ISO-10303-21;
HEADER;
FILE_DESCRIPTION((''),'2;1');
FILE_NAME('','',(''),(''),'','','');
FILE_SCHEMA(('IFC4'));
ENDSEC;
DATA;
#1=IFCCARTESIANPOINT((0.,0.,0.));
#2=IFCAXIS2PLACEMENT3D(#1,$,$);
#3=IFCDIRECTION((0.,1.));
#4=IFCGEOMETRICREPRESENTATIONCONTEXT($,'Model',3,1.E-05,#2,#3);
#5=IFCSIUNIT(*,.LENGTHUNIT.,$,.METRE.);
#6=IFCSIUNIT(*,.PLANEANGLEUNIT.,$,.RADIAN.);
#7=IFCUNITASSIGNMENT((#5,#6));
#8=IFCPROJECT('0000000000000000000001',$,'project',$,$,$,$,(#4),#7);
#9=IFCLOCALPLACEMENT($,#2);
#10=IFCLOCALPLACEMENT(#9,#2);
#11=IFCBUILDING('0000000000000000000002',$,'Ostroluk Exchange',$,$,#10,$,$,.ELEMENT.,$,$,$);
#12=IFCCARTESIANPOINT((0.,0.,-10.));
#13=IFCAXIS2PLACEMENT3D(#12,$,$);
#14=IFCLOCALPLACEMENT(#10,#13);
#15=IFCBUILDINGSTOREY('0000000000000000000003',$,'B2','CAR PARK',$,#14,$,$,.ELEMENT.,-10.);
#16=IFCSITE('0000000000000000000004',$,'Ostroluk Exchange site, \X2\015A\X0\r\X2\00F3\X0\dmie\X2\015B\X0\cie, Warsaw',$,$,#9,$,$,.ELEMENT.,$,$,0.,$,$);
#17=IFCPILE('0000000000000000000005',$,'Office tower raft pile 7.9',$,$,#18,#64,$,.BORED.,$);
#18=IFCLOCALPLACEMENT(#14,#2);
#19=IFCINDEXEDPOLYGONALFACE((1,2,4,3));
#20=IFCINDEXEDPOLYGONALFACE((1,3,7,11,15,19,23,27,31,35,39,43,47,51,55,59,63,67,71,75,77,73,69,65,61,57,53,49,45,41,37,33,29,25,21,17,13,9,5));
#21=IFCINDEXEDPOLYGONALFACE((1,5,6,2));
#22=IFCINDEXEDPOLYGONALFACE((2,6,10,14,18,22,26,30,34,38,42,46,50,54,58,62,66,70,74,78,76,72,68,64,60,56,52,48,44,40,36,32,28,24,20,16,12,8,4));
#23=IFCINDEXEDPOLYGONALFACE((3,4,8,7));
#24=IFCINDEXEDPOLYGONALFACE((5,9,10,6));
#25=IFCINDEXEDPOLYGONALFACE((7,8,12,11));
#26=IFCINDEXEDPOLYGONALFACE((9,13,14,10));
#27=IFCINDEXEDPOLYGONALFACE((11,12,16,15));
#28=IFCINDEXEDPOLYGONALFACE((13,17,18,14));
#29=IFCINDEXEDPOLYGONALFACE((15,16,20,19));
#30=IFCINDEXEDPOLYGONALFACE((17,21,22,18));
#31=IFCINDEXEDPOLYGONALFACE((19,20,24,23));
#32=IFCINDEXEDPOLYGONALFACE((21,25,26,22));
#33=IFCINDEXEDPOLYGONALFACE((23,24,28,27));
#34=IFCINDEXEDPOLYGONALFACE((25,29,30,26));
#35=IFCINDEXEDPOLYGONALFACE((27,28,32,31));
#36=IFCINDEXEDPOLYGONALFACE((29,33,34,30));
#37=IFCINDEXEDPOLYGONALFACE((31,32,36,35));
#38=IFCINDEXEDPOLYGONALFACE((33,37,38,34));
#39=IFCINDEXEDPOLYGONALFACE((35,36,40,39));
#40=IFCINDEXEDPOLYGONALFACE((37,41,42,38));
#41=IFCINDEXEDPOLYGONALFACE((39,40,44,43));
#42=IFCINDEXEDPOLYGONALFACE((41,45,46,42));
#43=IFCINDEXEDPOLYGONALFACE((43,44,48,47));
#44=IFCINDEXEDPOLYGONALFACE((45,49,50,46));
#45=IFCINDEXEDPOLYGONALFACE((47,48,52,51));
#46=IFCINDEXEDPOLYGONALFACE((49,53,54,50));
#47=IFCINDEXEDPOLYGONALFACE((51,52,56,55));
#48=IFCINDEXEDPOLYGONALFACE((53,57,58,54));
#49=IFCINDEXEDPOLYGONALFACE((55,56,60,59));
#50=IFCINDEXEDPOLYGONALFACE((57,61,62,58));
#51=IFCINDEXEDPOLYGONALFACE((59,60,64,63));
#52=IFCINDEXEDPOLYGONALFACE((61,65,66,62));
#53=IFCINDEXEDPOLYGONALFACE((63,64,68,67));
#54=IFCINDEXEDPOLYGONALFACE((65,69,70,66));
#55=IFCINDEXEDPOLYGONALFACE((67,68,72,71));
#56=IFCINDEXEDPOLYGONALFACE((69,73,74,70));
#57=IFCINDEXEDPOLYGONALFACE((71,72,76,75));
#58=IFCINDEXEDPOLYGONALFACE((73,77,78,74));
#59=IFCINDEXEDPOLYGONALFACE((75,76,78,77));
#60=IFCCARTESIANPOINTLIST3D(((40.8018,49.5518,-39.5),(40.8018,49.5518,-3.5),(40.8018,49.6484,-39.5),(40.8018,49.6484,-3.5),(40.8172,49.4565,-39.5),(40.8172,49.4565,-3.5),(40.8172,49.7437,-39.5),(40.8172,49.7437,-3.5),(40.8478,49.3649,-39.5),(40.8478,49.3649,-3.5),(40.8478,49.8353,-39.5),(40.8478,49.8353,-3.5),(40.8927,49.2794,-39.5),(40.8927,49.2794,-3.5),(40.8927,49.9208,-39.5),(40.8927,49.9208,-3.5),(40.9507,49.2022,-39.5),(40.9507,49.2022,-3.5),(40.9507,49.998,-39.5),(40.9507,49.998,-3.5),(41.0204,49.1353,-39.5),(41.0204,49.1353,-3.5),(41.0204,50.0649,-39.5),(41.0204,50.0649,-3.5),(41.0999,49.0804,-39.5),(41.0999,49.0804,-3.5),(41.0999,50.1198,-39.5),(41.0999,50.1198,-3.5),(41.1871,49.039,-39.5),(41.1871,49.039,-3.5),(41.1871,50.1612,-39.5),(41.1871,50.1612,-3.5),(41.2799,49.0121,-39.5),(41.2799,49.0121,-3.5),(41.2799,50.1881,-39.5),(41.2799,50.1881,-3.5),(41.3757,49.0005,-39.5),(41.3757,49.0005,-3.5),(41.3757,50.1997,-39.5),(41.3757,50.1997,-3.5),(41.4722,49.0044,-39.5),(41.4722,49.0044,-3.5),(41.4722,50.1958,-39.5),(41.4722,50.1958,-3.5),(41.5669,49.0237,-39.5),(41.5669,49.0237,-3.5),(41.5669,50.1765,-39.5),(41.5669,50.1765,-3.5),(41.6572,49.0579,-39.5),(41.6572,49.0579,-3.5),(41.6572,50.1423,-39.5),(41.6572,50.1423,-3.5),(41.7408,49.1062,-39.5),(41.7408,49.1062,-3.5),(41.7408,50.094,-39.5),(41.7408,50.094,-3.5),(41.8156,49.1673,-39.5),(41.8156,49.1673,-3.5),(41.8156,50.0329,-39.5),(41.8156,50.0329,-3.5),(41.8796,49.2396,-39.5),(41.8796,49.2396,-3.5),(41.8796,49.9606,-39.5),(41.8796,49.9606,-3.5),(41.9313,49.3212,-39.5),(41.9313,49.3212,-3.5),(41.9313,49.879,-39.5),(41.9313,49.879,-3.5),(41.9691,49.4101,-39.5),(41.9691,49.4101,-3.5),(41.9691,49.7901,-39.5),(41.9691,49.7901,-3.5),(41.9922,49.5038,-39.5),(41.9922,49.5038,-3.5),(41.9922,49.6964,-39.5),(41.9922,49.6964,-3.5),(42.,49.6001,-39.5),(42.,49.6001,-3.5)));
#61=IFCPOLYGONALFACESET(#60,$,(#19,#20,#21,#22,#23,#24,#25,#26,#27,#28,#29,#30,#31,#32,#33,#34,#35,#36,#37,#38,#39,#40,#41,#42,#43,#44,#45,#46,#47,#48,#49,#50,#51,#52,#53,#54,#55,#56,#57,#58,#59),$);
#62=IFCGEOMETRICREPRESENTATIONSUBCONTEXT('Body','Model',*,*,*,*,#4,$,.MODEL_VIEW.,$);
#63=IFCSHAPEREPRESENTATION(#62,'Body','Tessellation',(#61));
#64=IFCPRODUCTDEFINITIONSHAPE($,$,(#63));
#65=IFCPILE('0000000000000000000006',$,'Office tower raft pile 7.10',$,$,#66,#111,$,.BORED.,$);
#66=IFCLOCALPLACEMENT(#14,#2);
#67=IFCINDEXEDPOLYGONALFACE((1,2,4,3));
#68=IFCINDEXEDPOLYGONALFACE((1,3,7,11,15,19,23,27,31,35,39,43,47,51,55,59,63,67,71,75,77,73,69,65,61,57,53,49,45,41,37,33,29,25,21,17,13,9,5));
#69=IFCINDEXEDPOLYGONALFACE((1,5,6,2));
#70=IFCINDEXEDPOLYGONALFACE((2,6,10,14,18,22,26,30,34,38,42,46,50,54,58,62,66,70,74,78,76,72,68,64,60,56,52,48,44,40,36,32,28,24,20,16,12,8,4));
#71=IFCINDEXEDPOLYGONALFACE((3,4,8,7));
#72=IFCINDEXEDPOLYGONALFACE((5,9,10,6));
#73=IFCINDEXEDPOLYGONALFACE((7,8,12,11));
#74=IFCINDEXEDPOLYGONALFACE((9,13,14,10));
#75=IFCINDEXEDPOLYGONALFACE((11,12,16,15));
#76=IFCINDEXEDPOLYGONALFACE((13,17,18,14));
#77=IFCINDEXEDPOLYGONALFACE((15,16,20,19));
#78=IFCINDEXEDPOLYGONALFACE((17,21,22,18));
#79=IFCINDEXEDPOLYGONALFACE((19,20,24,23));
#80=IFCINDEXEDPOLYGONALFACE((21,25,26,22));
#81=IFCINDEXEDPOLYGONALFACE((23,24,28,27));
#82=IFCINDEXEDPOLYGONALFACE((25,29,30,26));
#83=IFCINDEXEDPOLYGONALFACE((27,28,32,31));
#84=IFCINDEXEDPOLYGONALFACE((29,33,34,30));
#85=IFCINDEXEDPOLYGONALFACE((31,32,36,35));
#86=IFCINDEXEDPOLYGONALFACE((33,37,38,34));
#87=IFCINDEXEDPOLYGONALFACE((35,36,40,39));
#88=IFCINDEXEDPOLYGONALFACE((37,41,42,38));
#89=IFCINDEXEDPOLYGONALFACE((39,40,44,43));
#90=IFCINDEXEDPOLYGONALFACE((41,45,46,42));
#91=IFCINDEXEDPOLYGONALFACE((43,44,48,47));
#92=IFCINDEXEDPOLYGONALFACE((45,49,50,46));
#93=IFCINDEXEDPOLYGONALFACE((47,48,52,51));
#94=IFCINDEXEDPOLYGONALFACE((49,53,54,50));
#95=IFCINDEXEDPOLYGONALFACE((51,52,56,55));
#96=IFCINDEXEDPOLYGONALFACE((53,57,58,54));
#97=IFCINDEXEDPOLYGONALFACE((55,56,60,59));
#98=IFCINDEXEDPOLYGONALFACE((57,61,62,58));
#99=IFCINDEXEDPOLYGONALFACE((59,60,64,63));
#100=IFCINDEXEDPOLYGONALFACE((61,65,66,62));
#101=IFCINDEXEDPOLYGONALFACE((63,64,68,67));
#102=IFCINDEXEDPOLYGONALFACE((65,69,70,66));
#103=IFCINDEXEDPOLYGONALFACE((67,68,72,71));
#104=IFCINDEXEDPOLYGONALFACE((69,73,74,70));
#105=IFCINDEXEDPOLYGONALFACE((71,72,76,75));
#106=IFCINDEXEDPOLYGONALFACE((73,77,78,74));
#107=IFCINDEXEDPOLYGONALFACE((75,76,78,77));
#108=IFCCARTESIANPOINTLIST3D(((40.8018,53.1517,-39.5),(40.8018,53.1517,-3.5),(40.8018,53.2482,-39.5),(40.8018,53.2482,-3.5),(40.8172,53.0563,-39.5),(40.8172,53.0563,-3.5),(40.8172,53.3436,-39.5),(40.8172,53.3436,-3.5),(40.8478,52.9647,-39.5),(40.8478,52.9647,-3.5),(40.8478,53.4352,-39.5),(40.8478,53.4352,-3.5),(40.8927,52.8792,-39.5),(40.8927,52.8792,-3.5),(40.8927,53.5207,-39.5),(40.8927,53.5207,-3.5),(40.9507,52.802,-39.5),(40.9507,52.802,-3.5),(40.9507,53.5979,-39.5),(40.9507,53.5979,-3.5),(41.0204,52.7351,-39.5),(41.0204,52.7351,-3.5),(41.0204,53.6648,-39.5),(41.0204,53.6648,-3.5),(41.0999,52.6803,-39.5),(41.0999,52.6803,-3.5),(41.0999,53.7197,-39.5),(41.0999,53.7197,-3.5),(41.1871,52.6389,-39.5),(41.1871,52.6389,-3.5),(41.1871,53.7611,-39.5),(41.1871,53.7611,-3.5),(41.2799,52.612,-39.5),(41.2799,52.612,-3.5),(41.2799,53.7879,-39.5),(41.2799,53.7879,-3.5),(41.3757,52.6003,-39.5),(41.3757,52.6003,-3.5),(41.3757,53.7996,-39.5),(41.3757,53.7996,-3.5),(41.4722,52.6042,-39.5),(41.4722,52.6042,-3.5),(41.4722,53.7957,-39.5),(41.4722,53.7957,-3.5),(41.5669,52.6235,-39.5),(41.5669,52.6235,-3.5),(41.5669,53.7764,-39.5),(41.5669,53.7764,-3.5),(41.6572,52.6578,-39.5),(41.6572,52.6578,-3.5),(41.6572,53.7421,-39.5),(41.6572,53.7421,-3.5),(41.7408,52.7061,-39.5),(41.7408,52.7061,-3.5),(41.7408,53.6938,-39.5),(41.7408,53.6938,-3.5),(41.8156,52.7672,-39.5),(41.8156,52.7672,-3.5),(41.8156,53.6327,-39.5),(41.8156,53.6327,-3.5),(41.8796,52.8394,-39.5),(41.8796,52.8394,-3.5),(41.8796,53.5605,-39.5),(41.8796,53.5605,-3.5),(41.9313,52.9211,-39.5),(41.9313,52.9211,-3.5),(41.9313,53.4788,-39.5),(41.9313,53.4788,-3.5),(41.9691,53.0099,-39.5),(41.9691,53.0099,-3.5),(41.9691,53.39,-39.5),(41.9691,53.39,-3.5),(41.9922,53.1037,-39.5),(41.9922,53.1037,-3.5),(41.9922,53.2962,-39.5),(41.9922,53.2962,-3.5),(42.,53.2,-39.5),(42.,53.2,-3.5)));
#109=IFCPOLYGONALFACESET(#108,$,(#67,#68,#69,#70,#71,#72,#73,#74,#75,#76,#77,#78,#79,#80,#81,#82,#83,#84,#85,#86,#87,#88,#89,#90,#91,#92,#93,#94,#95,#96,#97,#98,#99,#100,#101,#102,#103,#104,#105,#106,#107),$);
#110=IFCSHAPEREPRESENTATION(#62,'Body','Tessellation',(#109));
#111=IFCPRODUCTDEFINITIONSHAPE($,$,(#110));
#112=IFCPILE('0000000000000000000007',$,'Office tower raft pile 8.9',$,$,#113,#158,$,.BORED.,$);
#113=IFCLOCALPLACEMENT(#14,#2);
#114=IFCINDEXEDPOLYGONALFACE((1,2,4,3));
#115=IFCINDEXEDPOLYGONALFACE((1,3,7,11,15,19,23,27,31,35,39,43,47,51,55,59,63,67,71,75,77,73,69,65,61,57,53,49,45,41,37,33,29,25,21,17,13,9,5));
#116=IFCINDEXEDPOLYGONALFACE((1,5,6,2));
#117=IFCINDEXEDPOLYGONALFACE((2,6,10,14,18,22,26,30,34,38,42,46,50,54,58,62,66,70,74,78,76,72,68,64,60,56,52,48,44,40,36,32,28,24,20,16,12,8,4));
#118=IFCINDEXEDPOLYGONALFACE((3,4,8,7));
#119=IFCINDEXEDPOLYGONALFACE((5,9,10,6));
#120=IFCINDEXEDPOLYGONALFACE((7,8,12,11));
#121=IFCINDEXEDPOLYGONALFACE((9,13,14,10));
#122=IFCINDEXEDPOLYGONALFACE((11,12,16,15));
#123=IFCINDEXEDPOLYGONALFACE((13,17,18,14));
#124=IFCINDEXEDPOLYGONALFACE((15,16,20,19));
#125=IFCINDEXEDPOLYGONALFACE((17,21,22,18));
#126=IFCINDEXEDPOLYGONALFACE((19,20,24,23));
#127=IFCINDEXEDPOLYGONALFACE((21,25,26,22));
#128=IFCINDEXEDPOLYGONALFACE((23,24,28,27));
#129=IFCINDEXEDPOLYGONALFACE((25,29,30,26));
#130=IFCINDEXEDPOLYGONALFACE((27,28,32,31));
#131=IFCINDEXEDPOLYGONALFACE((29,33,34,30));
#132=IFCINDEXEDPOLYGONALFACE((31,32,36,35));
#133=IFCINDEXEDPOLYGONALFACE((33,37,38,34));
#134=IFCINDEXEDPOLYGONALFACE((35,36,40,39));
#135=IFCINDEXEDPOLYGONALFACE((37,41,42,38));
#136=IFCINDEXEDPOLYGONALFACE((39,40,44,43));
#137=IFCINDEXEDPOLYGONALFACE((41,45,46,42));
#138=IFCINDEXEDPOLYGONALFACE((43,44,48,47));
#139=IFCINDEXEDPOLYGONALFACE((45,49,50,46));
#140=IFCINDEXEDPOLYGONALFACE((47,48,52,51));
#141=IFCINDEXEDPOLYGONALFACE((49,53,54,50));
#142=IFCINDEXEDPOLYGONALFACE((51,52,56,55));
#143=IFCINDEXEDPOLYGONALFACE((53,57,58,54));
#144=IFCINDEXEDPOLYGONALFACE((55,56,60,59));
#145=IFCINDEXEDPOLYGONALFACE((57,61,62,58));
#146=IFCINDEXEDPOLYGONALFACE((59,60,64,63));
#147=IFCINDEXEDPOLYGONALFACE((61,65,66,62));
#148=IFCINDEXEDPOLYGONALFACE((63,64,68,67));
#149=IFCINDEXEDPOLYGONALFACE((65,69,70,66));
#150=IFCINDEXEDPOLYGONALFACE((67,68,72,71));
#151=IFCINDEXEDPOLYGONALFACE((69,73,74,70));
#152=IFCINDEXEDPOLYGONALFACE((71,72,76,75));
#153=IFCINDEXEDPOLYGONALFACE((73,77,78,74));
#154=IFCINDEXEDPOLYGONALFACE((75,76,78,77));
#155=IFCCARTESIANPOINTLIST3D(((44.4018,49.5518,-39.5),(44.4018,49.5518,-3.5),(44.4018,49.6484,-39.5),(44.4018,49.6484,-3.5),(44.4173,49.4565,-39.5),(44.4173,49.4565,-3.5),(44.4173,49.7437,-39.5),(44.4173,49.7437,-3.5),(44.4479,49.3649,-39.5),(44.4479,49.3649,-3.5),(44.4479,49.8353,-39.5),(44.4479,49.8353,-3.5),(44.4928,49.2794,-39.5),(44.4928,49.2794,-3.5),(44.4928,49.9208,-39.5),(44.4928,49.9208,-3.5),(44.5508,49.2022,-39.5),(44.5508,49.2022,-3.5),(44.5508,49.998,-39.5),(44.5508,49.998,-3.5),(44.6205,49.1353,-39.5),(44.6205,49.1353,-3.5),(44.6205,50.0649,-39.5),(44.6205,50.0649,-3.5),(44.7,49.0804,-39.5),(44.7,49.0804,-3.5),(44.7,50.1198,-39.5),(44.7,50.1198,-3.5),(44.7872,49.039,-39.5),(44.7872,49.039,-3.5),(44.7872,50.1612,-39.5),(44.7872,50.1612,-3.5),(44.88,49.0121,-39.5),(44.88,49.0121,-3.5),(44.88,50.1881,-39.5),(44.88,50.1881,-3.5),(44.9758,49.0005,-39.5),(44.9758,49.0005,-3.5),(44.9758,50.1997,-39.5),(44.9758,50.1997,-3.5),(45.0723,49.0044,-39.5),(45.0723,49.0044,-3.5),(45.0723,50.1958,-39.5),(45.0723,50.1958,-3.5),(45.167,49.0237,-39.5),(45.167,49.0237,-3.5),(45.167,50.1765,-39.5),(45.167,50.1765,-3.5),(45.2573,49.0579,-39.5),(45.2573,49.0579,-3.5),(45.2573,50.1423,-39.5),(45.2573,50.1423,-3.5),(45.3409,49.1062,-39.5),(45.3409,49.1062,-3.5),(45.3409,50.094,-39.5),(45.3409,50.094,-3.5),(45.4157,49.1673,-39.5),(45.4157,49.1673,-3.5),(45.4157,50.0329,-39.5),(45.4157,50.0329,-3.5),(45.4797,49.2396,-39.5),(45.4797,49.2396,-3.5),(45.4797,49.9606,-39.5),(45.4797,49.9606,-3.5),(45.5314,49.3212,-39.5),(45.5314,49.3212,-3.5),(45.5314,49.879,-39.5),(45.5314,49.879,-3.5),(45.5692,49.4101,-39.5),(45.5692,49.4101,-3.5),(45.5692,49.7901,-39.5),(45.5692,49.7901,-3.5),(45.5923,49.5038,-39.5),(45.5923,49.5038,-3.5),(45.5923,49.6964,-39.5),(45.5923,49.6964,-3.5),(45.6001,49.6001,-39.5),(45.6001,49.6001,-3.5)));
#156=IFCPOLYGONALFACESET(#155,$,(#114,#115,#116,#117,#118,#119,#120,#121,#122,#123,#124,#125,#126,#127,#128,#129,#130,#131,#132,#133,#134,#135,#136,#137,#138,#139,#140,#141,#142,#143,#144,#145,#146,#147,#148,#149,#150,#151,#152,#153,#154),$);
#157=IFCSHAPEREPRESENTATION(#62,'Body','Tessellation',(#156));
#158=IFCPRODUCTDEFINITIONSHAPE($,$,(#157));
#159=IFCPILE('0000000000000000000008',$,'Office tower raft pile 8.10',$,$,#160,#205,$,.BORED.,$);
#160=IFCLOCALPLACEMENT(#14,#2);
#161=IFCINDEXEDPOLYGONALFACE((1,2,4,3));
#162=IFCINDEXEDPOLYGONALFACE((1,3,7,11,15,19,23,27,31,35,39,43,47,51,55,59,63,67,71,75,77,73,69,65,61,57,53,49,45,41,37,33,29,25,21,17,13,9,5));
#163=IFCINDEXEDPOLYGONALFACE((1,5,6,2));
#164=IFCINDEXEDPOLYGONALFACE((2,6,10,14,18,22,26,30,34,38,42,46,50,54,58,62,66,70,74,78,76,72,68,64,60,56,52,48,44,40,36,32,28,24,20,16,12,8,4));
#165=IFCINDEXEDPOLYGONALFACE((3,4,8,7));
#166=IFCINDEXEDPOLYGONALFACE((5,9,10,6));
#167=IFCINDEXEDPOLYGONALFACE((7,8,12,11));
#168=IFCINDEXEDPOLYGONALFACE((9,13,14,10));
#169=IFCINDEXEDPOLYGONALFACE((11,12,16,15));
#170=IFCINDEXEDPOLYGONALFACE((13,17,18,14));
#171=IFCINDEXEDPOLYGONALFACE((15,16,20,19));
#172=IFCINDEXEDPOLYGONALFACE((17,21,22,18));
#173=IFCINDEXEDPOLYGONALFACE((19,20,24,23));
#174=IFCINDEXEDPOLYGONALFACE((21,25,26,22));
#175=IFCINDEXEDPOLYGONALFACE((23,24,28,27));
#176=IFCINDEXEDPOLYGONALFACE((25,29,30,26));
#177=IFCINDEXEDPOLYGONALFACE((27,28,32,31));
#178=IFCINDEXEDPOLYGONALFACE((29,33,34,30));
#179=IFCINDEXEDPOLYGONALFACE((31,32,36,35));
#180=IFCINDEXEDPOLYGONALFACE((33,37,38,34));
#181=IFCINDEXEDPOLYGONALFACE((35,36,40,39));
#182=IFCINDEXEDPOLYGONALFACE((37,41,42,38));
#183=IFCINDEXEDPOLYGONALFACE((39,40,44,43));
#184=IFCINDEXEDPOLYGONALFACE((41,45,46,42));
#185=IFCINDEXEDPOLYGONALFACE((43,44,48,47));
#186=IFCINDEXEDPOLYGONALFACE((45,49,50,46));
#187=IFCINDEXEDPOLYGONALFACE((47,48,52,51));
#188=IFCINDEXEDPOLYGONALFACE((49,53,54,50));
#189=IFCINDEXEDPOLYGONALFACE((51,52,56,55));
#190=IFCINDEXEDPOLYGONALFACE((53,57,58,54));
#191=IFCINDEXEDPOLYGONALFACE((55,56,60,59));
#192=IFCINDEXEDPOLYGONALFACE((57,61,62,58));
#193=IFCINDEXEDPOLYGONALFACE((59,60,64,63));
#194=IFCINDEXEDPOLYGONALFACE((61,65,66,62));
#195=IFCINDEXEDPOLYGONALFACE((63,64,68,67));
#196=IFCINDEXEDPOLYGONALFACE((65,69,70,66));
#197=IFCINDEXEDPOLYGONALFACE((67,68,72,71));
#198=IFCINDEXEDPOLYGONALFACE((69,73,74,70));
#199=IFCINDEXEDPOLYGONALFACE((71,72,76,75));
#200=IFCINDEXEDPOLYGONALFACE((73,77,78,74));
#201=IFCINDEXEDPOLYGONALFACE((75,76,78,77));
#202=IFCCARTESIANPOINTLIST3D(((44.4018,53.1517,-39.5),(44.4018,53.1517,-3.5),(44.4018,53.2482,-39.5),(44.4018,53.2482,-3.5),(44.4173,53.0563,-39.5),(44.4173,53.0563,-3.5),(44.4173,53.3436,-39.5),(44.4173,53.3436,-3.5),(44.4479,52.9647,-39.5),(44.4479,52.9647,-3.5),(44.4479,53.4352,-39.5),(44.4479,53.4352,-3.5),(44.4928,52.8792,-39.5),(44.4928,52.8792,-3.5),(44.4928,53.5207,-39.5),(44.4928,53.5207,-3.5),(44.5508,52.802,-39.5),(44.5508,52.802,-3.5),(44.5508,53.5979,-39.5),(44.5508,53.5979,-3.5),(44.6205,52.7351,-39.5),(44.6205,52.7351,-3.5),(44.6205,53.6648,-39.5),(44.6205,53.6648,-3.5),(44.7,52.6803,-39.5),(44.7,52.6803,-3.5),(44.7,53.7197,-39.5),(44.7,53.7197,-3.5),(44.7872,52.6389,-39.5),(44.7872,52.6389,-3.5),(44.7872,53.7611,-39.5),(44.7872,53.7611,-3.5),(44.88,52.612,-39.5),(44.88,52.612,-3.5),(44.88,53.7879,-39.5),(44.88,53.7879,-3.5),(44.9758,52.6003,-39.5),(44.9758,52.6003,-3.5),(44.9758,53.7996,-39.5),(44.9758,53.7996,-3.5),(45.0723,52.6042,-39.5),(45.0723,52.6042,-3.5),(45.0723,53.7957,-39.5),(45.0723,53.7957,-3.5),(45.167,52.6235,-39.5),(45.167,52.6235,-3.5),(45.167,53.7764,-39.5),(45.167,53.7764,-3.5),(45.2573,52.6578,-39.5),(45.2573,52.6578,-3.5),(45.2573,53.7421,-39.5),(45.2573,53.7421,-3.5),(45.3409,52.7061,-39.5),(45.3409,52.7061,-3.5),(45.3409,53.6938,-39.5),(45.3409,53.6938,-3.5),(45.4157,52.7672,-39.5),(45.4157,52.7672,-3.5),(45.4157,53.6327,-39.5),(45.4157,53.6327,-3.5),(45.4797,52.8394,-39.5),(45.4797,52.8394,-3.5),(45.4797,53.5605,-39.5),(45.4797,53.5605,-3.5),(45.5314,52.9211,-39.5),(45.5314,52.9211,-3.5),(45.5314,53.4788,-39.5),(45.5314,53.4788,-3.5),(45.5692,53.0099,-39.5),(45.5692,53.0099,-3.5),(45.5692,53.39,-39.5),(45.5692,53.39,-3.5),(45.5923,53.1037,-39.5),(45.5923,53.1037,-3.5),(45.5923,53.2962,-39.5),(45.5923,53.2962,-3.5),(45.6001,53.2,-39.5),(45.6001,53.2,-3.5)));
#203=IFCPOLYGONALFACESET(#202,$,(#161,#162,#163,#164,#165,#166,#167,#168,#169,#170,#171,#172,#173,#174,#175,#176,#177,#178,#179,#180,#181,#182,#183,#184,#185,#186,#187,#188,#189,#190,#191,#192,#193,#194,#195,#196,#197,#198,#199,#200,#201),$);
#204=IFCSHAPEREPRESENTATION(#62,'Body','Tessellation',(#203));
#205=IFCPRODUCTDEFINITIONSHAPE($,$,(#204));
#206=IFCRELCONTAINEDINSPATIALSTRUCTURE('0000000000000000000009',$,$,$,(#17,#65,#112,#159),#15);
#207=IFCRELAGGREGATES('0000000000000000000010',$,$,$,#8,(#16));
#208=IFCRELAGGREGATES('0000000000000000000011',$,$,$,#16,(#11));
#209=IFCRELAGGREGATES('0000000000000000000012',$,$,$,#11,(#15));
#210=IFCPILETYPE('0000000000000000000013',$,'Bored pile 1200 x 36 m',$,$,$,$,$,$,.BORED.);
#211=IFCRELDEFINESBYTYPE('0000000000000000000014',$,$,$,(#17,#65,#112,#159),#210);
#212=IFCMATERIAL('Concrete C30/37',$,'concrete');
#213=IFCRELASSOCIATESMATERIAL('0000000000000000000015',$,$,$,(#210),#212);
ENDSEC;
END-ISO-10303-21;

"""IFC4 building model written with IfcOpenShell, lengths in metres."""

from ifc_helpers import new_model, si_unit, direction, frame, origin, origin_2d, place, context, subcontext, project, spatial, circle, extrude, material, type_object, element, save


model = new_model("IFC4")

# Units and contexts
model_context = context("Model", 3, precision=1e-05, world=origin(), true_north=direction((0.0, 1.0)))
body_context = subcontext(model_context, "Body", "Model", "MODEL_VIEW")
ifc_project = project(units=[si_unit("LENGTHUNIT", "METRE"), si_unit("PLANEANGLEUNIT", "RADIAN")], contexts=[model_context])

# Site, building, storey
site_placement = place(None, origin())
site = spatial("IfcSite", under=ifc_project, at=site_placement, Name="Ostroluk Exchange site, Śródmieście, Warsaw", CompositionType="ELEMENT", RefElevation=0.0)
building_placement = place(site_placement, origin())
building = spatial("IfcBuilding", under=site, at=building_placement, Name="Ostroluk Exchange", CompositionType="ELEMENT")
storey_placement = place(building_placement, frame((0.0, 0.0, -10.0)))
storey = spatial("IfcBuildingStorey", under=building, at=storey_placement, Name="B2", Description="CAR PARK", CompositionType="ELEMENT", Elevation=-10.0)

# Piles
ifc_material_1 = material(Name="Concrete C30/37", Category="concrete")
pile_type = type_object("IfcPileType", Name="Bored pile 1200 x 36 m", PredefinedType="BORED", material=ifc_material_1)
for number, where, z_axis, x_axis, name in (
    (1, (41.3999, 49.6001, -3.5), (0.0, 0.0, -1.0), (1.0, 0.0, 0.0), "Office tower raft pile 7.9"),
    (2, (41.3999, 53.2, -3.5), (0.0, 0.0, -1.0), (1.0, 0.0, 0.0), "Office tower raft pile 7.10"),
    (3, (45.0, 49.6001, -3.5), (0.0, 0.0, -1.0), (1.0, 0.0, 0.0), "Office tower raft pile 8.9"),
    (4, (45.0, 53.2, -3.5), (0.0, 0.0, -1.0), (1.0, 0.0, 0.0), "Office tower raft pile 8.10"),
):
    element("IfcPile", number, at=place(storey_placement, frame(where, z_axis=z_axis, x_axis=x_axis)), inside=storey, type_object=pile_type, Name=name, PredefinedType="BORED", context=body_context, shape_type="SweptSolid", body=[
        extrude(circle(Radius=0.6001, at=origin_2d()), origin(), (0.0, 0.0, 1.0), 36.0),
    ])

save(model, "model.ifc")
